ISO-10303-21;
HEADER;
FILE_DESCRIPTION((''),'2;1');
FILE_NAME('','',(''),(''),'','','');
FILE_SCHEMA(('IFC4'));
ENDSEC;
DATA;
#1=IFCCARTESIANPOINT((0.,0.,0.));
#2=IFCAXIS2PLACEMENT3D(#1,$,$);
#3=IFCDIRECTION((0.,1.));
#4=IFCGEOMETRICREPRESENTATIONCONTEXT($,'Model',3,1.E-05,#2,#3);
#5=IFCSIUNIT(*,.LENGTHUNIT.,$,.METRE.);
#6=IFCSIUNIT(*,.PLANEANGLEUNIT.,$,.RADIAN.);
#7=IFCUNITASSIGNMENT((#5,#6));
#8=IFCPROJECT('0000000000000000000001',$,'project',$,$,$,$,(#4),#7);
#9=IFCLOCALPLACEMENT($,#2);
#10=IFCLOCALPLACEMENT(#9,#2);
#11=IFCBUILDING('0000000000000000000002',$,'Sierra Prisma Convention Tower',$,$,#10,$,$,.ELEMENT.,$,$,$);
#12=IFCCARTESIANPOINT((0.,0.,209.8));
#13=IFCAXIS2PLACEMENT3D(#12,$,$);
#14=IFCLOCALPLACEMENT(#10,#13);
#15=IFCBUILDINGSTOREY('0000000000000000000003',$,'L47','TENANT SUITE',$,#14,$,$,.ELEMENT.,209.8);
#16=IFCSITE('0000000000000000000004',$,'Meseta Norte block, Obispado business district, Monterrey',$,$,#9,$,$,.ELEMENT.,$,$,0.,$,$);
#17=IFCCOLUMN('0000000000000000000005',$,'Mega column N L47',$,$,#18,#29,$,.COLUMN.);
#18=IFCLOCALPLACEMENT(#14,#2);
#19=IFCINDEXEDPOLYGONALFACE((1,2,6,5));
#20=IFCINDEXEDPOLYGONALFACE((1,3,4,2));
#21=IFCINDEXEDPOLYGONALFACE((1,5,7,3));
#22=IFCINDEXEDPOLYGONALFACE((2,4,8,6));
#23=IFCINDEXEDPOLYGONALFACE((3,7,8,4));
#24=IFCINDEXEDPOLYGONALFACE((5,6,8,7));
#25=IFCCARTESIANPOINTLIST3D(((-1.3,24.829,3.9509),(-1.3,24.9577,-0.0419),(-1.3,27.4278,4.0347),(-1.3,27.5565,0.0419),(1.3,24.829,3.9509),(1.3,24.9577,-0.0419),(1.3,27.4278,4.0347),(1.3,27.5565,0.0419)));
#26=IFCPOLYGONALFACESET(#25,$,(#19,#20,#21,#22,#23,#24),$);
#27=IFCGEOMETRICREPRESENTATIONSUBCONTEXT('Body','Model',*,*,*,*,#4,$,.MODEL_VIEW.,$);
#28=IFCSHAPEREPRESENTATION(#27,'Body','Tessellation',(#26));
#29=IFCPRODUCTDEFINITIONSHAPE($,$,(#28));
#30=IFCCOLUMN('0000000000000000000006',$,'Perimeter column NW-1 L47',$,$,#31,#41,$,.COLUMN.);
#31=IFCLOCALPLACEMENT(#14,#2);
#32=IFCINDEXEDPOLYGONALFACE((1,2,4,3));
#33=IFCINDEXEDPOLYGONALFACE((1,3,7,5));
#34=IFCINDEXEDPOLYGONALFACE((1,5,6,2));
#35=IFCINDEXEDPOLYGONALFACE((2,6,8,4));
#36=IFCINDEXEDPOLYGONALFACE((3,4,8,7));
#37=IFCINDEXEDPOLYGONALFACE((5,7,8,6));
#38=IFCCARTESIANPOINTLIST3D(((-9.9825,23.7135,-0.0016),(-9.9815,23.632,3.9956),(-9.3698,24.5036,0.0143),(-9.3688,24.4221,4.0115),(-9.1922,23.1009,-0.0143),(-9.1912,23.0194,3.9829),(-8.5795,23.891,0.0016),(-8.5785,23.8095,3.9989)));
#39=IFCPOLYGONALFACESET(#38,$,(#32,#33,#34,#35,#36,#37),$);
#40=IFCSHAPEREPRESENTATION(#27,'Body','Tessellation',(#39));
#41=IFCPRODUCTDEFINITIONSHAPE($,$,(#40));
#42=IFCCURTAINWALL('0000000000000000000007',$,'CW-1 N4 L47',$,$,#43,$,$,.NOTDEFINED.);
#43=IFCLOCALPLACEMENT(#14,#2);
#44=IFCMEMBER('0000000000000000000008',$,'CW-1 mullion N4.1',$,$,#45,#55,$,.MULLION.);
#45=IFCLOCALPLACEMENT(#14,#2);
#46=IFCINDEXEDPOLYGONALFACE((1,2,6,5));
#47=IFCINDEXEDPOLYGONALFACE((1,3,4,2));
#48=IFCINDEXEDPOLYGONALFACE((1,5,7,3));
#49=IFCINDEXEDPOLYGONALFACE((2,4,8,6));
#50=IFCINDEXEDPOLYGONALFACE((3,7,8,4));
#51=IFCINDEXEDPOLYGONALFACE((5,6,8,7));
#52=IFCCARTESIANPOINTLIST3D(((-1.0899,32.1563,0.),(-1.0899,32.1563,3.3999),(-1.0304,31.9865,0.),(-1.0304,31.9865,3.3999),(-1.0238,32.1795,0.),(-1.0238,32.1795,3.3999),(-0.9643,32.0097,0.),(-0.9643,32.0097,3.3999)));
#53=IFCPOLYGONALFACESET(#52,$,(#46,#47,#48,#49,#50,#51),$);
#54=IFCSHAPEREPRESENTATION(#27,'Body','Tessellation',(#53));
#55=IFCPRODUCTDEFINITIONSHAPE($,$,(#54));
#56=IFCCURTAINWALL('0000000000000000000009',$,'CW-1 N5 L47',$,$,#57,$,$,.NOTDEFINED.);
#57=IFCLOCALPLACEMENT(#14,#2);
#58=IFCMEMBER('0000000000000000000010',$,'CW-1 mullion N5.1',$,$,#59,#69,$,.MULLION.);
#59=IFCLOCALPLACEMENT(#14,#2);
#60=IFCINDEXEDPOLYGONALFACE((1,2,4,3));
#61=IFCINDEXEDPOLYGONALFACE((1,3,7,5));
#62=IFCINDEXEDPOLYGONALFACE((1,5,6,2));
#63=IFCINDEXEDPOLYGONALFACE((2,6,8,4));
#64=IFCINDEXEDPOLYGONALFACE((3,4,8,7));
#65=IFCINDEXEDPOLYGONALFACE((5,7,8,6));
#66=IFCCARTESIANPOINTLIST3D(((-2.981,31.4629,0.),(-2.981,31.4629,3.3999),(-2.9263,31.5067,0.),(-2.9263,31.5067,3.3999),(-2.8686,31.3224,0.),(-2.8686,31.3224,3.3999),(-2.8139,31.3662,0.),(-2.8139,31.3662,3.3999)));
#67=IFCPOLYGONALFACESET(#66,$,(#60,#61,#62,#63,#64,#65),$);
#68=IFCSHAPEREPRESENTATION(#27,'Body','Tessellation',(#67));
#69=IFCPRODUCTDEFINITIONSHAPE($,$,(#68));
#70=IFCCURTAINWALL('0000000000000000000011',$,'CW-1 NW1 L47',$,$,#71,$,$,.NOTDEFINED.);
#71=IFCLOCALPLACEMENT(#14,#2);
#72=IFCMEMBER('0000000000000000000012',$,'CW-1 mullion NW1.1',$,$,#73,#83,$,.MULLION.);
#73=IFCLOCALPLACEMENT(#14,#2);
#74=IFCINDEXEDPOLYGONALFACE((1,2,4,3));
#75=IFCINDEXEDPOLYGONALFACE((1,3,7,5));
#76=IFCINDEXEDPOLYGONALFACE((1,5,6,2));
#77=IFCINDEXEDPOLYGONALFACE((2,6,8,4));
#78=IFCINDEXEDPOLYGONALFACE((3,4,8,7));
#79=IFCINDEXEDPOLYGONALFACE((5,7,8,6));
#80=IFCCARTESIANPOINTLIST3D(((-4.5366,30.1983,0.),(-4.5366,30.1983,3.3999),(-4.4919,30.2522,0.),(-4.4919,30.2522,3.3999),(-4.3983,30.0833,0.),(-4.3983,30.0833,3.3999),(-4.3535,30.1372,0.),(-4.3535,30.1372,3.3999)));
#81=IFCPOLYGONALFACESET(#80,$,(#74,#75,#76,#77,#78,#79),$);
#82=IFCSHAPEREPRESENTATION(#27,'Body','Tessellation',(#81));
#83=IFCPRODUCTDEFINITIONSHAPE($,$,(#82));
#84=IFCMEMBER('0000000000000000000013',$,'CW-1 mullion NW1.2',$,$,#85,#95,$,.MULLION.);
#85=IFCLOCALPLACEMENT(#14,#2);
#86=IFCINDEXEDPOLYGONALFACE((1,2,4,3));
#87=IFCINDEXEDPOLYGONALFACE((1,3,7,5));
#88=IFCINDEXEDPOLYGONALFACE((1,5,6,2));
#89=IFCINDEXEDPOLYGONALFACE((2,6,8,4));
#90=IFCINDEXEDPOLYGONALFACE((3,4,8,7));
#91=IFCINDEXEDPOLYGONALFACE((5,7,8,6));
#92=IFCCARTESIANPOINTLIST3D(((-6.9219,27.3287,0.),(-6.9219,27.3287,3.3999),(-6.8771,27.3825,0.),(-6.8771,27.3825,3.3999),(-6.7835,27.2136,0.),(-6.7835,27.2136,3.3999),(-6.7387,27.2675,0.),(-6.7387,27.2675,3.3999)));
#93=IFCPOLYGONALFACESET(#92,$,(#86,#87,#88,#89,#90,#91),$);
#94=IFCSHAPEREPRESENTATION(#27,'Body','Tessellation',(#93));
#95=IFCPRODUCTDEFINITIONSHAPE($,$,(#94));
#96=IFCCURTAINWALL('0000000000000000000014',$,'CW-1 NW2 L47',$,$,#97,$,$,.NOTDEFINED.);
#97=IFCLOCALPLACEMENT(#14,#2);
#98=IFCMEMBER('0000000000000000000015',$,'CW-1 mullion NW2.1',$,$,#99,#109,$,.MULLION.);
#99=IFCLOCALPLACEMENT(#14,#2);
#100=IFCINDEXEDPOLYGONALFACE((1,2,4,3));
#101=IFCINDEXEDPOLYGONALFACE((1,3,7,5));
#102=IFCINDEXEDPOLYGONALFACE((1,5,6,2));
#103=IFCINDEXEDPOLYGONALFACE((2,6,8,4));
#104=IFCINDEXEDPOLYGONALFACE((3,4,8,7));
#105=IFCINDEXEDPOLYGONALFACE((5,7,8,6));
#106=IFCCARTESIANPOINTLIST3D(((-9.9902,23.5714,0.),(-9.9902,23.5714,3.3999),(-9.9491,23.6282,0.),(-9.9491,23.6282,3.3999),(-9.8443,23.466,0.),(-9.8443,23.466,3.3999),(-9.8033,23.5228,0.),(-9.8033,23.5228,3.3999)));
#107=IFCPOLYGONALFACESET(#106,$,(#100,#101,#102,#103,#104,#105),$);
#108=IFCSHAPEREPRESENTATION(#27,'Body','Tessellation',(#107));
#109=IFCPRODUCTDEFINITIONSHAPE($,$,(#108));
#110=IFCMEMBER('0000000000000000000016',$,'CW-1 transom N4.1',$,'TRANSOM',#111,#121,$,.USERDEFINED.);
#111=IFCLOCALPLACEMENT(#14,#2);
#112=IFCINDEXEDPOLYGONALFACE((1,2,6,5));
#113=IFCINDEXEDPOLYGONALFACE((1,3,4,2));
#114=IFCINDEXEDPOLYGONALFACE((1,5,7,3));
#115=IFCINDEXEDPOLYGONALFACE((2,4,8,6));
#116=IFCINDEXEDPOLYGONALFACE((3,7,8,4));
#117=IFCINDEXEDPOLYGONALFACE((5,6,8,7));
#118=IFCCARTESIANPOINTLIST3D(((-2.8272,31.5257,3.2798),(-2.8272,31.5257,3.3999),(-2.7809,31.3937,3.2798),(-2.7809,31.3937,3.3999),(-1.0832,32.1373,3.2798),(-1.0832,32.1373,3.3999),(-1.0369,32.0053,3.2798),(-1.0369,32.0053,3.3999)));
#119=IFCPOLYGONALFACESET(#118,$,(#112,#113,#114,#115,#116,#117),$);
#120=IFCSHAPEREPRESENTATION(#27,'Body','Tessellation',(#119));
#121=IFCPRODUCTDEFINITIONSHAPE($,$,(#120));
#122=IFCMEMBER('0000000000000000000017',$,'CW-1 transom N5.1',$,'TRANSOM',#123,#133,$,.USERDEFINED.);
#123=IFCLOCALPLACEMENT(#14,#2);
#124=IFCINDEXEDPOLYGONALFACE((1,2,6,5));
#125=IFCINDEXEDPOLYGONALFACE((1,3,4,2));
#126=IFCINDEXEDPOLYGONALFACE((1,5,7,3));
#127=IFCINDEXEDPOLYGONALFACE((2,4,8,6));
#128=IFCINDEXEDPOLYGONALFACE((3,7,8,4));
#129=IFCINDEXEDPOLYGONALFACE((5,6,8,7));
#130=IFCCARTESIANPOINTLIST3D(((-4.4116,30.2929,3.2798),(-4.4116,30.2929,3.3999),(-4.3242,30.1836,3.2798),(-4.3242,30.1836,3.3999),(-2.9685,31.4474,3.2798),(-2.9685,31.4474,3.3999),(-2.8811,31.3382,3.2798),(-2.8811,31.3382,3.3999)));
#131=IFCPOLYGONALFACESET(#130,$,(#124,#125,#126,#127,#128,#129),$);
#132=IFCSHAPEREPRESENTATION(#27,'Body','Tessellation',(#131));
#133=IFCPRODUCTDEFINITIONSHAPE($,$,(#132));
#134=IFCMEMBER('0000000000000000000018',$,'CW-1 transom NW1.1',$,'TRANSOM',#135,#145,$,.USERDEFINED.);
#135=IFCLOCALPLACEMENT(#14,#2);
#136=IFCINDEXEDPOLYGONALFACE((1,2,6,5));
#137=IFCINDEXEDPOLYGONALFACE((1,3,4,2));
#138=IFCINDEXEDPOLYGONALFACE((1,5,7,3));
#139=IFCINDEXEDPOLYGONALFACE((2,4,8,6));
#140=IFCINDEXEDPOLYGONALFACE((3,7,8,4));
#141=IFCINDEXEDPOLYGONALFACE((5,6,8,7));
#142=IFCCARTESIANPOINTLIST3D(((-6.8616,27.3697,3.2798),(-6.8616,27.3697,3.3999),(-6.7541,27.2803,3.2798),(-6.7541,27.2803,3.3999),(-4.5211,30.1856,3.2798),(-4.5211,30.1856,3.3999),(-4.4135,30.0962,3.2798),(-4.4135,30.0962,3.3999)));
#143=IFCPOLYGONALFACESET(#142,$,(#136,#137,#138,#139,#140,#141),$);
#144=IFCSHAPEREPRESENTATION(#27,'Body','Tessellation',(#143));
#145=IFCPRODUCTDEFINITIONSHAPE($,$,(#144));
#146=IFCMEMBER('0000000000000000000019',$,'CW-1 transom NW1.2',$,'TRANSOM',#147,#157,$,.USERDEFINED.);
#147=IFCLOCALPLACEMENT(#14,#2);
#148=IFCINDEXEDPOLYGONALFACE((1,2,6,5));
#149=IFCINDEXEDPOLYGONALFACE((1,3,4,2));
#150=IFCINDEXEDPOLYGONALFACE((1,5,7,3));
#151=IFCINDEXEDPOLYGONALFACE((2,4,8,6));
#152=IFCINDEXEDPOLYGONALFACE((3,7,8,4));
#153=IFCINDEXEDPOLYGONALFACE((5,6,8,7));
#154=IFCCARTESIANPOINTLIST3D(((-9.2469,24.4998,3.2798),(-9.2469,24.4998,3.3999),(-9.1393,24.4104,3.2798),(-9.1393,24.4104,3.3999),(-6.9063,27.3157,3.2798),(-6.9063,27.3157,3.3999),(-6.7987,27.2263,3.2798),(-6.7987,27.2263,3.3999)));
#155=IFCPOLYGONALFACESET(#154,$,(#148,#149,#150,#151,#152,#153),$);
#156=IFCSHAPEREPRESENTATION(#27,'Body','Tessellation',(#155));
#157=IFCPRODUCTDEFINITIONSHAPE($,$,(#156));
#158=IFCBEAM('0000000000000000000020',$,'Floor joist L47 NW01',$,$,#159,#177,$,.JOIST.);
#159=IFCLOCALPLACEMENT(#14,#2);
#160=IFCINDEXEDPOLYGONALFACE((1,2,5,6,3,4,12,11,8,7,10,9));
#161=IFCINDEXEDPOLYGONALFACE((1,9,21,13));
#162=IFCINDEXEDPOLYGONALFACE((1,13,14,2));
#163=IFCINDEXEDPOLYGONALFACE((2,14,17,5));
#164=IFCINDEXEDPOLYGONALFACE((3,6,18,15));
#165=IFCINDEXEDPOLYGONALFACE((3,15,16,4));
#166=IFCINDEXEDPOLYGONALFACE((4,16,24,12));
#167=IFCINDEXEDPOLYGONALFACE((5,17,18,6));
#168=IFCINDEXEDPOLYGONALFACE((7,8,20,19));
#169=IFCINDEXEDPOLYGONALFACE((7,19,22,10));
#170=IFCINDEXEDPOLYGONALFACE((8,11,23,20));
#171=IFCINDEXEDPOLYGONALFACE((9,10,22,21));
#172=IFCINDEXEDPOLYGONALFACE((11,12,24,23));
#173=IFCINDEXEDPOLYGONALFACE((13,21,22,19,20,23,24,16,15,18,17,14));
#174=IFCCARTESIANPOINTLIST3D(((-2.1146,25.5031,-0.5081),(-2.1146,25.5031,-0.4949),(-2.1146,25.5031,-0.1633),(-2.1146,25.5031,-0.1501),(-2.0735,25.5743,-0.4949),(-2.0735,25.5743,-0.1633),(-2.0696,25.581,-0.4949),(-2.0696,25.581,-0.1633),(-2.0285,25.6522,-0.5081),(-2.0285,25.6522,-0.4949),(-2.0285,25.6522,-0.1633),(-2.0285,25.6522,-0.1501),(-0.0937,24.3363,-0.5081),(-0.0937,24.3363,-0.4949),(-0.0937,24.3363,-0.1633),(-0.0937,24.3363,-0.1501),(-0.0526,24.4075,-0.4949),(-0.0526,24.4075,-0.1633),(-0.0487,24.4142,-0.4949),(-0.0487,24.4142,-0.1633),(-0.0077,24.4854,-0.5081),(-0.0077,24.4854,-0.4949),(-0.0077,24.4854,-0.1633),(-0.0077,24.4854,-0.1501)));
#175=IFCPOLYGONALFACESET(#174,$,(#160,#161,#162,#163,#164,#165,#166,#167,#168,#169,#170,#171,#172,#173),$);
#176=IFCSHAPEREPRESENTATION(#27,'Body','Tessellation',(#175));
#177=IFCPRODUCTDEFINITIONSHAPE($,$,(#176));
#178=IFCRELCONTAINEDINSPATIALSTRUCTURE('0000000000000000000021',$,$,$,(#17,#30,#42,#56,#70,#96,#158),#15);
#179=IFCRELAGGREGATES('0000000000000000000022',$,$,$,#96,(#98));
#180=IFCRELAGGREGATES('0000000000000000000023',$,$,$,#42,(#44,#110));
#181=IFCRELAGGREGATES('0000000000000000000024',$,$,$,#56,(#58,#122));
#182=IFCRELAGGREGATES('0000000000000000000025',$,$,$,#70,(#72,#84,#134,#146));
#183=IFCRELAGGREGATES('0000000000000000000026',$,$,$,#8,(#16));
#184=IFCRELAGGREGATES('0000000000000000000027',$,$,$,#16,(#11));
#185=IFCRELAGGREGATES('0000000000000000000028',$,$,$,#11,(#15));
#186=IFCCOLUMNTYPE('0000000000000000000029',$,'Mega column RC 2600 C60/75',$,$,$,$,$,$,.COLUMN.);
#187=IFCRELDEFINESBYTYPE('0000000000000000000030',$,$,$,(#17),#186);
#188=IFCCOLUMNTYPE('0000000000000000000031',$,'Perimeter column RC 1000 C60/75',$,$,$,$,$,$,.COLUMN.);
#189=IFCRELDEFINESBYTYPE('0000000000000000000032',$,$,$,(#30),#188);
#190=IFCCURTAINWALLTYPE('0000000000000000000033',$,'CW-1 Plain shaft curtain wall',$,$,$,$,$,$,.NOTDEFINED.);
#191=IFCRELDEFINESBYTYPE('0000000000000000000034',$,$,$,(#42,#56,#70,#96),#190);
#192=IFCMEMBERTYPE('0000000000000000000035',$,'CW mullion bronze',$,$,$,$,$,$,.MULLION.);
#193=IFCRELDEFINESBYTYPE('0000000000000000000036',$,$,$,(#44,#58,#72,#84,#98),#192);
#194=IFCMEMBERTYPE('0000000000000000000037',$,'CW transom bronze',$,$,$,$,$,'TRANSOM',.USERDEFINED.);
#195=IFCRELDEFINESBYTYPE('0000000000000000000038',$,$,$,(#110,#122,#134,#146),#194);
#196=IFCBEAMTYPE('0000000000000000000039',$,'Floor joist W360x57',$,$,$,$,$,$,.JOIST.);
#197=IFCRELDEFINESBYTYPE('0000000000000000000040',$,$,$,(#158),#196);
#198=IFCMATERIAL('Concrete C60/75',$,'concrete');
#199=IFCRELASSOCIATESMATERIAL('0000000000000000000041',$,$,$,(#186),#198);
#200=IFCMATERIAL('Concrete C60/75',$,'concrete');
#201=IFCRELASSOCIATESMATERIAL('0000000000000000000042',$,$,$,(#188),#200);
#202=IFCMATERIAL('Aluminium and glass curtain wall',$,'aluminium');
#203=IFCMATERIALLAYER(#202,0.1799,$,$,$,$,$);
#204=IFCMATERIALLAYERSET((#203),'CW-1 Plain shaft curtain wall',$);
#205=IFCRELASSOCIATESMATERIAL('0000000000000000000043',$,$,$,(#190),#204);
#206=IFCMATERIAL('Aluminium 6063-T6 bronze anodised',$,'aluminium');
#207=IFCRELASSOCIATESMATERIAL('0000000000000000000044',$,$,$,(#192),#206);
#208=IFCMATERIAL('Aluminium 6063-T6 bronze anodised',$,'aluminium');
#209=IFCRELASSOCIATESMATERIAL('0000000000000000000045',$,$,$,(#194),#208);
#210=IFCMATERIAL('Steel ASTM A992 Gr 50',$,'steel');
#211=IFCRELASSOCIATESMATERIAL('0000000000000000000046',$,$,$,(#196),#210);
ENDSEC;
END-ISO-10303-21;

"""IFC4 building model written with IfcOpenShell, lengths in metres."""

from ifc_helpers import new_model, si_unit, direction, frame, origin, origin_2d, place, context, subcontext, project, spatial, rectangle, i_section, extrude, clip, halfspace, material, layer, layer_set, material_profile, profile_set, type_object, element, aggregate, save


model = new_model("IFC4")

# Units and contexts
model_context = context("Model", 3, precision=1e-05, world=origin(), true_north=direction((0.0, 1.0)))
body_context = subcontext(model_context, "Body", "Model", "MODEL_VIEW")
ifc_project = project(units=[si_unit("LENGTHUNIT", "METRE"), si_unit("PLANEANGLEUNIT", "RADIAN")], contexts=[model_context])

# Site, building, storey
site_placement = place(None, origin())
site = spatial("IfcSite", under=ifc_project, at=site_placement, Name="Meseta Norte block, Obispado business district, Monterrey", CompositionType="ELEMENT", RefElevation=0.0)
building_placement = place(site_placement, origin())
building = spatial("IfcBuilding", under=site, at=building_placement, Name="Sierra Prisma Convention Tower", CompositionType="ELEMENT")
storey_placement = place(building_placement, frame((0.0, 0.0, 209.8)))
storey = spatial("IfcBuildingStorey", under=building, at=storey_placement, Name="L47", Description="TENANT SUITE", CompositionType="ELEMENT", Elevation=209.8)

# Columns
ifc_material_1 = material(Name="Concrete C60/75", Category="concrete")
ifc_material_profile_1 = material_profile(ifc_material_1, rectangle(XDim=2.6001, YDim=2.6001, at=origin_2d()), Name="Mega column RC 2600 C60/75")
ifc_profile_set_1 = profile_set([ifc_material_profile_1], Name="Concrete C60/75")
column_type_1 = type_object("IfcColumnType", Name="Mega column RC 2600 C60/75", PredefinedType="COLUMN", material=ifc_profile_set_1)
column_1_placement = place(storey_placement, frame((0.0, 26.2571, 0.0), z_axis=(0.0, -0.03221, 0.999481), x_axis=(1.0, 0.0, 0.0)))
element("IfcColumn", 1, at=column_1_placement, inside=storey, type_object=column_type_1, Name="Mega column N L47", PredefinedType="COLUMN", context=body_context, shape_type="SweptSolid", body=[
    clip(extrude(rectangle(XDim=2.6001, YDim=2.6001, at=origin_2d()), origin(), (0.0, 0.0, 1.0), 4.0022), halfspace(frame((0.0, 0.0, 3.9949)), False)),
])
ifc_material_2 = material(Name="Concrete C60/75", Category="concrete")
ifc_material_profile_2 = material_profile(ifc_material_2, rectangle(XDim=1.0, YDim=1.0, at=origin_2d()), Name="Perimeter column RC 1000 C60/75")
ifc_profile_set_2 = profile_set([ifc_material_profile_2], Name="Concrete C60/75")
column_type_2 = type_object("IfcColumnType", Name="Perimeter column RC 1000 C60/75", PredefinedType="COLUMN", material=ifc_profile_set_2)
column_2_placement = place(storey_placement, frame((-9.281, 23.8022, 0.0), z_axis=(0.000244, -0.020382, 0.999792), x_axis=(0.612718, 0.79014, 0.015958)))
element("IfcColumn", 2, at=column_2_placement, inside=storey, type_object=column_type_2, Name="Perimeter column NW-1 L47", PredefinedType="COLUMN", context=body_context, shape_type="SweptSolid", body=[
    clip(extrude(rectangle(XDim=1.0, YDim=1.0, at=origin_2d()), origin(), (0.0, 0.0, 1.0), 4.0007), halfspace(frame((0.0, 0.0, 3.998)), False)),
])

# Curtain walls, members
ifc_material_3 = material(Name="Aluminium and glass curtain wall", Category="aluminium")
ifc_layer_1 = layer(ifc_material_3, 0.1799)
ifc_layer_set_1 = layer_set([ifc_layer_1], Name="CW-1 Plain shaft curtain wall")
curtain_wall_type = type_object("IfcCurtainWallType", Name="CW-1 Plain shaft curtain wall", PredefinedType="NOTDEFINED", material=ifc_layer_set_1)
curtain_wall_1_placement = place(storey_placement, origin())
curtain_wall_1 = element("IfcCurtainWall", 3, at=curtain_wall_1_placement, inside=storey, type_object=curtain_wall_type, Name="CW-1 N4 L47", PredefinedType="NOTDEFINED")
ifc_material_4 = material(Name="Aluminium 6063-T6 bronze anodised", Category="aluminium")
ifc_material_profile_3 = material_profile(ifc_material_4, rectangle(XDim=0.1799, YDim=0.0701, at=origin_2d()), Name="ALU MULLION 70x180")
ifc_profile_set_3 = profile_set([ifc_material_profile_3], Name="Aluminium 6063-T6 bronze anodised")
member_type_1 = type_object("IfcMemberType", Name="CW mullion bronze", PredefinedType="MULLION", material=ifc_profile_set_3)
member_1_placement = place(storey_placement, frame((-1.0271, 32.083, 0.0), z_axis=(0.0, 0.0, 1.0), x_axis=(0.330979, -0.943638, 0.0)))
member_1 = element("IfcMember", 4, at=member_1_placement, type_object=member_type_1, Name="CW-1 mullion N4.1", PredefinedType="MULLION", context=body_context, shape_type="SweptSolid", body=[
    extrude(rectangle(XDim=0.1799, YDim=0.0701, at=origin_2d()), origin(), (0.0, 0.0, 1.0), 3.3999),
])
curtain_wall_2_placement = place(storey_placement, origin())
curtain_wall_2 = element("IfcCurtainWall", 5, at=curtain_wall_2_placement, inside=storey, type_object=curtain_wall_type, Name="CW-1 N5 L47", PredefinedType="NOTDEFINED")
member_2_placement = place(storey_placement, frame((-2.8975, 31.4146, 0.0), z_axis=(0.0, 0.0, 1.0), x_axis=(0.624649, -0.780906, 0.0)))
member_2 = element("IfcMember", 6, at=member_2_placement, type_object=member_type_1, Name="CW-1 mullion N5.1", PredefinedType="MULLION", context=body_context, shape_type="SweptSolid", body=[
    extrude(rectangle(XDim=0.1799, YDim=0.0701, at=origin_2d()), origin(), (0.0, 0.0, 1.0), 3.3999),
])

# Curtain wall, members
curtain_wall_3_placement = place(storey_placement, origin())
curtain_wall_3 = element("IfcCurtainWall", 7, at=curtain_wall_3_placement, inside=storey, type_object=curtain_wall_type, Name="CW-1 NW1 L47", PredefinedType="NOTDEFINED")
member_3_placement = place(storey_placement, frame((-4.4451, 30.1677, 0.0), z_axis=(0.0, 0.0, 1.0), x_axis=(0.769033, -0.63921, 0.0)))
member_3 = element("IfcMember", 8, at=member_3_placement, type_object=member_type_1, Name="CW-1 mullion NW1.1", PredefinedType="MULLION", context=body_context, shape_type="SweptSolid", body=[
    extrude(rectangle(XDim=0.1799, YDim=0.0701, at=origin_2d()), origin(), (0.0, 0.0, 1.0), 3.3999),
])
member_4_placement = place(storey_placement, frame((-6.8303, 27.2981, 0.0), z_axis=(0.0, 0.0, 1.0), x_axis=(0.769033, -0.63921, 0.0)))
member_4 = element("IfcMember", 9, at=member_4_placement, type_object=member_type_1, Name="CW-1 mullion NW1.2", PredefinedType="MULLION", context=body_context, shape_type="SweptSolid", body=[
    extrude(rectangle(XDim=0.1799, YDim=0.0701, at=origin_2d()), origin(), (0.0, 0.0, 1.0), 3.3999),
])

# Curtain wall, member
curtain_wall_4_placement = place(storey_placement, origin())
curtain_wall_4 = element("IfcCurtainWall", 10, at=curtain_wall_4_placement, inside=storey, type_object=curtain_wall_type, Name="CW-1 NW2 L47", PredefinedType="NOTDEFINED")
member_5_placement = place(storey_placement, frame((-9.8967, 23.5471, 0.0), z_axis=(0.0, 0.0, 1.0), x_axis=(0.810658, -0.58552, 0.0)))
member_5 = element("IfcMember", 11, at=member_5_placement, type_object=member_type_1, Name="CW-1 mullion NW2.1", PredefinedType="MULLION", context=body_context, shape_type="SweptSolid", body=[
    extrude(rectangle(XDim=0.1799, YDim=0.0701, at=origin_2d()), origin(), (0.0, 0.0, 1.0), 3.3999),
])
aggregate(curtain_wall_4, [member_5])

# Members
ifc_material_5 = material(Name="Aluminium 6063-T6 bronze anodised", Category="aluminium")
ifc_material_profile_4 = material_profile(ifc_material_5, rectangle(XDim=0.1399, YDim=0.1201, at=origin_2d()), Name="ALU TRANSOM 120x140")
ifc_profile_set_4 = profile_set([ifc_material_profile_4], Name="Aluminium 6063-T6 bronze anodised")
member_type_2 = type_object("IfcMemberType", Name="CW transom bronze", ElementType="TRANSOM", PredefinedType="USERDEFINED", material=ifc_profile_set_4)
member_6_placement = place(storey_placement, frame((-1.0601, 32.0713, 3.3398), z_axis=(-0.943654, -0.330933, 0.0), x_axis=(0.330933, -0.943654, 0.0)))
member_6 = element("IfcMember", 12, at=member_6_placement, type_object=member_type_2, Name="CW-1 transom N4.1", ObjectType="TRANSOM", PredefinedType="USERDEFINED", context=body_context, shape_type="SweptSolid", body=[
    extrude(rectangle(XDim=0.1399, YDim=0.1201, at=origin_2d()), origin(), (0.0, 0.0, 1.0), 1.8481),
])
member_7_placement = place(storey_placement, frame((-2.9248, 31.3928, 3.3398), z_axis=(-0.780856, -0.624711, 0.0), x_axis=(0.624711, -0.780856, 0.0)))
member_7 = element("IfcMember", 13, at=member_7_placement, type_object=member_type_2, Name="CW-1 transom N5.1", ObjectType="TRANSOM", PredefinedType="USERDEFINED", context=body_context, shape_type="SweptSolid", body=[
    extrude(rectangle(XDim=0.1399, YDim=0.1201, at=origin_2d()), origin(), (0.0, 0.0, 1.0), 1.8481),
])
member_8_placement = place(storey_placement, frame((-4.4673, 30.1409, 3.3398), z_axis=(-0.639213, -0.76903, 0.0), x_axis=(0.76903, -0.639213, 0.0)))
member_8 = element("IfcMember", 14, at=member_8_placement, type_object=member_type_2, Name="CW-1 transom NW1.1", ObjectType="TRANSOM", PredefinedType="USERDEFINED", context=body_context, shape_type="SweptSolid", body=[
    extrude(rectangle(XDim=0.1399, YDim=0.1201, at=origin_2d()), origin(), (0.0, 0.0, 1.0), 3.6616),
])
member_9_placement = place(storey_placement, frame((-6.8525, 27.271, 3.3398), z_axis=(-0.639213, -0.76903, 0.0), x_axis=(0.76903, -0.639213, 0.0)))
member_9 = element("IfcMember", 15, at=member_9_placement, type_object=member_type_2, Name="CW-1 transom NW1.2", ObjectType="TRANSOM", PredefinedType="USERDEFINED", context=body_context, shape_type="SweptSolid", body=[
    extrude(rectangle(XDim=0.1399, YDim=0.1201, at=origin_2d()), origin(), (0.0, 0.0, 1.0), 3.6616),
])

# Beam
ifc_material_6 = material(Name="Steel ASTM A992 Gr 50", Category="steel")
ifc_material_profile_5 = material_profile(ifc_material_6, i_section(OverallWidth=0.1721, OverallDepth=0.3579, WebThickness=0.0078, FlangeThickness=0.0132, at=origin_2d()), Name="W360x57")
ifc_profile_set_5 = profile_set([ifc_material_profile_5], Name="Steel ASTM A992 Gr 50")
beam_type_1 = type_object("IfcBeamType", Name="Floor joist W360x57", PredefinedType="JOIST", material=ifc_profile_set_5)
beam_1_placement = place(storey_placement, frame((-2.0715, 25.5776, -0.3291), z_axis=(0.866013, -0.500021, 0.0), x_axis=(0.500021, 0.866013, 0.0)))
element("IfcBeam", 16, at=beam_1_placement, inside=storey, type_object=beam_type_1, Name="Floor joist L47 NW01", PredefinedType="JOIST", context=body_context, shape_type="SweptSolid", body=[
    extrude(i_section(OverallWidth=0.1721, OverallDepth=0.3579, WebThickness=0.0078, FlangeThickness=0.0132, at=origin_2d()), origin(), (0.0, 0.0, 1.0), 2.3335),
])

aggregate(curtain_wall_1, [member_1, member_6])
aggregate(curtain_wall_2, [member_2, member_7])
aggregate(curtain_wall_3, [member_3, member_4, member_8, member_9])

save(model, "model.ifc")
